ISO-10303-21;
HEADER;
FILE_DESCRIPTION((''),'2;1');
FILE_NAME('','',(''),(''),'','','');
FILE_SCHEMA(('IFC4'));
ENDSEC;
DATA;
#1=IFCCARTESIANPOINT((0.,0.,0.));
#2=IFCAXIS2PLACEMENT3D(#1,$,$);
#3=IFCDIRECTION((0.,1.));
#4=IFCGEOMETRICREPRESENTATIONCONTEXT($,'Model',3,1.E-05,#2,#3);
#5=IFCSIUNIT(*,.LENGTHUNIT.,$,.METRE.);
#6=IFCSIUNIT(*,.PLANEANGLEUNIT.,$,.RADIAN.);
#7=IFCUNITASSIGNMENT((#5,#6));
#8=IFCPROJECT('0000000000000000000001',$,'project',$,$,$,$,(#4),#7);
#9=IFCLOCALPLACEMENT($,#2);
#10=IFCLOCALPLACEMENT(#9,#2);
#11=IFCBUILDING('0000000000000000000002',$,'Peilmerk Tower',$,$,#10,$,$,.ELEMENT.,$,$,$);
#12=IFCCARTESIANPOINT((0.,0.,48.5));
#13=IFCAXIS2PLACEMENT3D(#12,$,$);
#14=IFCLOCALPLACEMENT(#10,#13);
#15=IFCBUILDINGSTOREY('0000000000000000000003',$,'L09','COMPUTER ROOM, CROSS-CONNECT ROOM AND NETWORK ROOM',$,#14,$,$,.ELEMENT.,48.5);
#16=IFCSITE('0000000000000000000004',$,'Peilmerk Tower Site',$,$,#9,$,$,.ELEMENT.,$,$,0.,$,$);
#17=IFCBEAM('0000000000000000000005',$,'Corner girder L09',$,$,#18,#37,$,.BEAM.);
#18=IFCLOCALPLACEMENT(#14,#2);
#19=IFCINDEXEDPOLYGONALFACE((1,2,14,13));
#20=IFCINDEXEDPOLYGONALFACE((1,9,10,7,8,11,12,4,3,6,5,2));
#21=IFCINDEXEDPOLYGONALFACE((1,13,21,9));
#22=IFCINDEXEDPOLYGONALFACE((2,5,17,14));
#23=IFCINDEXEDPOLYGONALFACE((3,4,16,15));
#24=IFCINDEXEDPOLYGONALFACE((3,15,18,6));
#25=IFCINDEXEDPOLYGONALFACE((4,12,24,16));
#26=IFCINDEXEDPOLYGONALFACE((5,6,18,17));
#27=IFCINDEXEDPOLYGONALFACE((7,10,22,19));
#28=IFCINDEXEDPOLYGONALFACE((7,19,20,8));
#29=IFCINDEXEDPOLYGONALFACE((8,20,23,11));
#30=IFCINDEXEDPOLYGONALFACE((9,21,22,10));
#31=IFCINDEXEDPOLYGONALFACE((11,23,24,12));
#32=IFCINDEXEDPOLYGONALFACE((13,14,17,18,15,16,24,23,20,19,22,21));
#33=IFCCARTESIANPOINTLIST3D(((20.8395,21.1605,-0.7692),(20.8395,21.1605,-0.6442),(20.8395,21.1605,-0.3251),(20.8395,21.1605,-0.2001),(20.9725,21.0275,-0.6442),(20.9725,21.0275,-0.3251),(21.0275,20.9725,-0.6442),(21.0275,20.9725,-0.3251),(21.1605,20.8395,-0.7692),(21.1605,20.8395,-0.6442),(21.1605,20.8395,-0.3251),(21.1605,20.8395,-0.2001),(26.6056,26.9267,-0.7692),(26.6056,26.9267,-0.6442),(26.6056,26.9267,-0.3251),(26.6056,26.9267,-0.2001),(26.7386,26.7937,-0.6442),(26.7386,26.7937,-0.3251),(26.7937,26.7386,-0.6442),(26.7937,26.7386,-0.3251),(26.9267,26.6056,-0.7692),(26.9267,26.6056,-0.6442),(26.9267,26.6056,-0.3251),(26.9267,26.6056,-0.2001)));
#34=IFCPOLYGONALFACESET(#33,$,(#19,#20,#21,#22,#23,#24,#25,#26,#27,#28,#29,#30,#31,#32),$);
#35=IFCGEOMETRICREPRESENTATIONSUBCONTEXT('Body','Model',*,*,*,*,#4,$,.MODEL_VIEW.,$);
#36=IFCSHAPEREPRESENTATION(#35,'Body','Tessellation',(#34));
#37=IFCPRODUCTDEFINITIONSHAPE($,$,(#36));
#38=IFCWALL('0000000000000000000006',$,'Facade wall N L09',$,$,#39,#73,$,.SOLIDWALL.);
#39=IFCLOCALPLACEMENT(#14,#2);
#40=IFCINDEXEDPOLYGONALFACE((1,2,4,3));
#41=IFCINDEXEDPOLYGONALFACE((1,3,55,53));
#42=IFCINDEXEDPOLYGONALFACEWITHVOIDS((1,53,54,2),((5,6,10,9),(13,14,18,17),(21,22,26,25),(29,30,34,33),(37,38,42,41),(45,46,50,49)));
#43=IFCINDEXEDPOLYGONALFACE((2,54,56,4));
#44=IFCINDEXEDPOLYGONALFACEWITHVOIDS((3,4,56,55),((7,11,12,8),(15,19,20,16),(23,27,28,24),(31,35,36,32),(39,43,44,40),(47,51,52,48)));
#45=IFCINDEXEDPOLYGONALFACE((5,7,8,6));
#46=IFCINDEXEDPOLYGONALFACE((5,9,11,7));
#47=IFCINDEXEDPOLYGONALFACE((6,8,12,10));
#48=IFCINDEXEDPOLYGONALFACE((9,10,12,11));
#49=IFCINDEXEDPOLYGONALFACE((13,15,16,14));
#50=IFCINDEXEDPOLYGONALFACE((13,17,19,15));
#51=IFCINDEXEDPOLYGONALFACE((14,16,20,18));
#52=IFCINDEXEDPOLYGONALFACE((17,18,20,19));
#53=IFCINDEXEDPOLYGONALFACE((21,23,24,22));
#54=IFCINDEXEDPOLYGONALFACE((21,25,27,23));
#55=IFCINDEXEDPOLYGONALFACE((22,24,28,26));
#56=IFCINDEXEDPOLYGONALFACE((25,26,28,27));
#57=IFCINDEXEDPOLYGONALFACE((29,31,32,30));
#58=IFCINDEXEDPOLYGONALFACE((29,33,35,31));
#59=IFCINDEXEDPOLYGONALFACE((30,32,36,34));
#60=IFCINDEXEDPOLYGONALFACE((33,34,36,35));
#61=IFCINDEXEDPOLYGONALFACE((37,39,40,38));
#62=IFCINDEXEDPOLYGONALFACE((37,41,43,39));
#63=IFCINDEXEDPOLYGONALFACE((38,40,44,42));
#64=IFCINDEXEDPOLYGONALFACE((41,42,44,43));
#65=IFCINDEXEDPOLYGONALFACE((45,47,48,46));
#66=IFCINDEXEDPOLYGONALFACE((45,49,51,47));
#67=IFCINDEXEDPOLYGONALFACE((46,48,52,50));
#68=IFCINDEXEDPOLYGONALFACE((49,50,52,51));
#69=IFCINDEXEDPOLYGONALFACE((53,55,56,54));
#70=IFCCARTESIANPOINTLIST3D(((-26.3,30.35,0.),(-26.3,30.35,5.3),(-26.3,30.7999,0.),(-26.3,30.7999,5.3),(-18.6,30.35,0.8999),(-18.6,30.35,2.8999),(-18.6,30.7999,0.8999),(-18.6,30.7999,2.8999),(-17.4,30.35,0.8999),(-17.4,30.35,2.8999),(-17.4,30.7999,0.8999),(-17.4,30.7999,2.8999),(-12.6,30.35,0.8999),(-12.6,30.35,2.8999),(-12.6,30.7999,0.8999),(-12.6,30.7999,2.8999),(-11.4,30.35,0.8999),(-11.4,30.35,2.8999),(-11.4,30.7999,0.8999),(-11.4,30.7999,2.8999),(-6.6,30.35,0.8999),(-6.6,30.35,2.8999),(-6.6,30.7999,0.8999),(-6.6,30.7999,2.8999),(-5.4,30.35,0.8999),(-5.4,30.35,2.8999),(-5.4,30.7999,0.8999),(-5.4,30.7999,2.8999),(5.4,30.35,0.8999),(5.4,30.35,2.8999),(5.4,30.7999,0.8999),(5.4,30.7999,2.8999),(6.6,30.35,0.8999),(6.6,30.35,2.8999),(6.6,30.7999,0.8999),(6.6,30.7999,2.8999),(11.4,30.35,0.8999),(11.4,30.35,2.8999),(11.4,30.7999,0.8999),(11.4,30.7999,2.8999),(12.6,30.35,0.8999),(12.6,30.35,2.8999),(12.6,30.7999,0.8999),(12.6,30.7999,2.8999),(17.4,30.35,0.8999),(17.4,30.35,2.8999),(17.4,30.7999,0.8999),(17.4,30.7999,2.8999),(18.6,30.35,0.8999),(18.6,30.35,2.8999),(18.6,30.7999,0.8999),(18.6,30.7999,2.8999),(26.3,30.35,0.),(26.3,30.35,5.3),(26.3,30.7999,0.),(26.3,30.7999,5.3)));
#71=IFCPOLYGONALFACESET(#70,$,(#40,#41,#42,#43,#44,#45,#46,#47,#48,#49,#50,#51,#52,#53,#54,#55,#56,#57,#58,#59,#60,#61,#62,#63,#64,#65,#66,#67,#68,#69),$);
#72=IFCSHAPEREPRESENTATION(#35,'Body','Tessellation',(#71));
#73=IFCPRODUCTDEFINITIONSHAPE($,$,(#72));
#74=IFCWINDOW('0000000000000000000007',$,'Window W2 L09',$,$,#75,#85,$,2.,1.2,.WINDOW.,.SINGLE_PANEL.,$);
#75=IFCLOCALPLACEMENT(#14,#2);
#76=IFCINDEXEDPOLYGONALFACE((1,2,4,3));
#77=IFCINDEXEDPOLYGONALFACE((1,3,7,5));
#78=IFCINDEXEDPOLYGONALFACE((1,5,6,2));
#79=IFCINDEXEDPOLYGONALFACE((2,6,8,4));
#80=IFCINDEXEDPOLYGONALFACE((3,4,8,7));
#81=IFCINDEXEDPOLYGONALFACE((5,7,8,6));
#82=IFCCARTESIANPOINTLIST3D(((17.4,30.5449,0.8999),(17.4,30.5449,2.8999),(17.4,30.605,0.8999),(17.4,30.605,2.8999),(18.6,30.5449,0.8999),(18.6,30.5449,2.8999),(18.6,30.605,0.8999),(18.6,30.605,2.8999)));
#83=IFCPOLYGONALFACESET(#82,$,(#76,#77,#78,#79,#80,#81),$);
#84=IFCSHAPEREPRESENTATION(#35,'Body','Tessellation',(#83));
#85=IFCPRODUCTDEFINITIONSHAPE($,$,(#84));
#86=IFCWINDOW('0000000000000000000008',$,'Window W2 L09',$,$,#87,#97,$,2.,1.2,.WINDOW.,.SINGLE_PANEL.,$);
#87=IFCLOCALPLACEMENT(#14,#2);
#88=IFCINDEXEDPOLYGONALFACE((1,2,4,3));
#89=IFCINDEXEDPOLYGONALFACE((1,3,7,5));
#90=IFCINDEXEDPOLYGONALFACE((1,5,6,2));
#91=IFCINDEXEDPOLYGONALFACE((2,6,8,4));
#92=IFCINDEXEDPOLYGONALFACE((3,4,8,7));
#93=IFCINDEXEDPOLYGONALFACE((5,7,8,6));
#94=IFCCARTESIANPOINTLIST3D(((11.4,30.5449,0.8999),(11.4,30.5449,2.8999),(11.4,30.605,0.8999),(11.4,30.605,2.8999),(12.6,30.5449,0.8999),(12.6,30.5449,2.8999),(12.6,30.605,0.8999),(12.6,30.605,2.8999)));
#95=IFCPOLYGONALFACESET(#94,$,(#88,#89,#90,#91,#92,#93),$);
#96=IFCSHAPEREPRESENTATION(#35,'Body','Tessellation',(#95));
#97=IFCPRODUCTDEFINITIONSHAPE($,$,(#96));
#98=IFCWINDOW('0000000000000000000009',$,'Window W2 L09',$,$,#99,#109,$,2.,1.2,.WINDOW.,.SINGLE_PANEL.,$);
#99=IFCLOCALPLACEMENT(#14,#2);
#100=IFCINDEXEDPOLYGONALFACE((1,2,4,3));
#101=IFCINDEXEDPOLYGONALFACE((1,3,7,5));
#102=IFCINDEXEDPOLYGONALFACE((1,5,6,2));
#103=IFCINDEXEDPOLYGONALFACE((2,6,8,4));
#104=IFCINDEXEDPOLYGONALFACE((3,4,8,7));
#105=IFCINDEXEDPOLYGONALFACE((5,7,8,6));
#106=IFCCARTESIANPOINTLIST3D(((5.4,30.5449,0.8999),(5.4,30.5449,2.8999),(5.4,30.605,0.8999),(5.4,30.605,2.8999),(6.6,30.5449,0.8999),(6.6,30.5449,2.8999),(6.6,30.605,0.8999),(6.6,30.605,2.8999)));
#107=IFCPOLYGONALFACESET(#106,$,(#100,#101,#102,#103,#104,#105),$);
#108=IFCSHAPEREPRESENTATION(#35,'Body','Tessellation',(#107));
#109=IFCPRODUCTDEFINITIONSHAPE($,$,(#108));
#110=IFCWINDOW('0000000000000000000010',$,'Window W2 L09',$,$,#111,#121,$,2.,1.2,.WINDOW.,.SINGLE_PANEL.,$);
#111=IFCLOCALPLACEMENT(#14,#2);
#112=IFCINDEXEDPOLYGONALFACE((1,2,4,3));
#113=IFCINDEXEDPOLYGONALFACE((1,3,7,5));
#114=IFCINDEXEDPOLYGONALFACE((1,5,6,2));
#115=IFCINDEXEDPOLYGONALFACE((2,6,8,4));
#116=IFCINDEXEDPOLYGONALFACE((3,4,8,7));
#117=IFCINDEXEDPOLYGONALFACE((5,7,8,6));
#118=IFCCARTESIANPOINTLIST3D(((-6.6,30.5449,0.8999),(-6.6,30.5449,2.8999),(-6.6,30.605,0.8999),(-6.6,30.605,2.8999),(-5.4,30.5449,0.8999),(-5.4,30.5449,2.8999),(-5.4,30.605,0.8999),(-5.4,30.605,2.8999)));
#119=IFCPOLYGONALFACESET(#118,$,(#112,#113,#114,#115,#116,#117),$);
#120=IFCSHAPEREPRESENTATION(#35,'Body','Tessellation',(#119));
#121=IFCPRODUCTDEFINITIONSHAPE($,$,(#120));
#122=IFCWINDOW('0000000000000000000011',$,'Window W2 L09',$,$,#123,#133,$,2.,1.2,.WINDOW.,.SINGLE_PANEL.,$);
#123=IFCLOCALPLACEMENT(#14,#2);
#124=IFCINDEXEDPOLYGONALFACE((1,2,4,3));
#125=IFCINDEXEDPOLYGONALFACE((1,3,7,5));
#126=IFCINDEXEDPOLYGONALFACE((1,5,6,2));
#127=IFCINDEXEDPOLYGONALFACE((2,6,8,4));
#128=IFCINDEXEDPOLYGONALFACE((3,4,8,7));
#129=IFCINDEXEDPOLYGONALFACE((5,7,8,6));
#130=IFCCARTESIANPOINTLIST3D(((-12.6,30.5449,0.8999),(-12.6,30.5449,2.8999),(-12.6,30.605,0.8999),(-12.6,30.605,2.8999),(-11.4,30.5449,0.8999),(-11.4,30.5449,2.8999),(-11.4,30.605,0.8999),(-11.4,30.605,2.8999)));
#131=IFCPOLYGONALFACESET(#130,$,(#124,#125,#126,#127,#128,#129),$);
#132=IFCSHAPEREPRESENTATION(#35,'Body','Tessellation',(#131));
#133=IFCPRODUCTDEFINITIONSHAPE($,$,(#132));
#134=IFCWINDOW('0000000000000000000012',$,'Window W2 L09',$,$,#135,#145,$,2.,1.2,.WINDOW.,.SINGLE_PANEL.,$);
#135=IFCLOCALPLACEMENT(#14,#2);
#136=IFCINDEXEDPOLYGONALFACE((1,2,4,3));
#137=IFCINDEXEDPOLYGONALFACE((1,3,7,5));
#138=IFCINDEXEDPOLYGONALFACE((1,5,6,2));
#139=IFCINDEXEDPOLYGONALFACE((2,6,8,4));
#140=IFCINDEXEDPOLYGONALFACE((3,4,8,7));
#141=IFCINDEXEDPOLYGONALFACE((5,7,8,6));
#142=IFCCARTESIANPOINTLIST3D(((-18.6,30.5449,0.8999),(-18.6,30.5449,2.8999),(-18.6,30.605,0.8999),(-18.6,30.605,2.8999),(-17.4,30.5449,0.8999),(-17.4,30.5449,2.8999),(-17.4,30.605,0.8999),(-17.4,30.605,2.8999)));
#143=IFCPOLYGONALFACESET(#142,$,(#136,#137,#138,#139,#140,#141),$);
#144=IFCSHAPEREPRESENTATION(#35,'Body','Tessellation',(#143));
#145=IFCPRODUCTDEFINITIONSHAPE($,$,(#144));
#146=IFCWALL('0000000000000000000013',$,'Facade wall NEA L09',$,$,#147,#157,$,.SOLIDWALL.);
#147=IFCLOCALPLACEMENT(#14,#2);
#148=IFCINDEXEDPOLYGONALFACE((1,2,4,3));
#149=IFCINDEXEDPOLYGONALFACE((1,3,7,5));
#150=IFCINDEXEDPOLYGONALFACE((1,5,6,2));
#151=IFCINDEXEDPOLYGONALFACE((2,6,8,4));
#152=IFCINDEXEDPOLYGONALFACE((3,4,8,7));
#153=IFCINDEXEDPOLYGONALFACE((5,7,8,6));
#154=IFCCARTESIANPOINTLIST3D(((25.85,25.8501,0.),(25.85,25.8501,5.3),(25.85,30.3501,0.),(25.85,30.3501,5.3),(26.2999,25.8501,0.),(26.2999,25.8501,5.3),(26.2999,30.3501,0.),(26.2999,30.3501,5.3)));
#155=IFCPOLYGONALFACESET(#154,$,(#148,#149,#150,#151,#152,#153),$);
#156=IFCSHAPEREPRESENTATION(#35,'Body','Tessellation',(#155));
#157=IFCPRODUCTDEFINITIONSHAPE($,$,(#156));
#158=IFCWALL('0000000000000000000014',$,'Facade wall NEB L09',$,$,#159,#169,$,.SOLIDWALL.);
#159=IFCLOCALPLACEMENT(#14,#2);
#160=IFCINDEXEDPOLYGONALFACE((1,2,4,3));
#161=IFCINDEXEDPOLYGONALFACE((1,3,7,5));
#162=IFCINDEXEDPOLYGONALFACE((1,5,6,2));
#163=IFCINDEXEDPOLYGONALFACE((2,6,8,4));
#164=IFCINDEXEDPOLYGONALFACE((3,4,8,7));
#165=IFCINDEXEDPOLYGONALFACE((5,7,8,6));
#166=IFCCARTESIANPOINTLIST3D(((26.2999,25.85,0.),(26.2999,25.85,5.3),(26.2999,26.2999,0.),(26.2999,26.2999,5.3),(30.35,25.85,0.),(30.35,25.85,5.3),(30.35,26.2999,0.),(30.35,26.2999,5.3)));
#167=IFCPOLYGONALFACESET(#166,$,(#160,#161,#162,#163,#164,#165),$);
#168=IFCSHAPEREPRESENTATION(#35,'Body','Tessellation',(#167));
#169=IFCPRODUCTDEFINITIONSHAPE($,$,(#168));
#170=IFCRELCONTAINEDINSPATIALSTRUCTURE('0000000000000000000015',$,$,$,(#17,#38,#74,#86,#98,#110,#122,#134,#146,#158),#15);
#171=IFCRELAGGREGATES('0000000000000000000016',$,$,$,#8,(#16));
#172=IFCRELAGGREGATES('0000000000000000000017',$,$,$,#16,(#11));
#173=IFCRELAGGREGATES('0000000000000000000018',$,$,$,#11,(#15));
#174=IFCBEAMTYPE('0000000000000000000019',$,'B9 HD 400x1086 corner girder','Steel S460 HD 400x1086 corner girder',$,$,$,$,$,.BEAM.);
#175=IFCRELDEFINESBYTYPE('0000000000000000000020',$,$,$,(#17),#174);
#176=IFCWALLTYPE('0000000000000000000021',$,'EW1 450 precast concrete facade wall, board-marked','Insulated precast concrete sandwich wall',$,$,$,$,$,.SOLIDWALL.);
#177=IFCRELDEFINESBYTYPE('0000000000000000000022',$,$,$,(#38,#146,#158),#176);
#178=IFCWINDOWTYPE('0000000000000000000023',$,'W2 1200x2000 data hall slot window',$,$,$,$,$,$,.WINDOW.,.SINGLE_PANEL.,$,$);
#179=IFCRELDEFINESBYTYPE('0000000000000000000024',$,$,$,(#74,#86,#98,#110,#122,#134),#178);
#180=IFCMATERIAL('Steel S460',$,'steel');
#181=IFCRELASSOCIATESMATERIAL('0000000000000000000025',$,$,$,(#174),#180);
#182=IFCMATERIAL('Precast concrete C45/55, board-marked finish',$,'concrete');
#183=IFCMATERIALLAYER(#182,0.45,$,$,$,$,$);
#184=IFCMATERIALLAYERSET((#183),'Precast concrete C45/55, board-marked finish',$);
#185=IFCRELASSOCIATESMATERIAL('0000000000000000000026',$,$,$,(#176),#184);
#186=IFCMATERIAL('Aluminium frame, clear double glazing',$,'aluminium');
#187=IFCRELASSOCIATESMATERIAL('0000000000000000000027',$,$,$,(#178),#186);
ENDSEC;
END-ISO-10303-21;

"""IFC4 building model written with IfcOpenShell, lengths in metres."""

from ifc_helpers import new_model, si_unit, direction, frame, frame_2d, origin, origin_2d, place, context, subcontext, project, spatial, rectangle, i_section, extrude, material, layer, layer_set, material_profile, profile_set, type_object, element, fill, save


model = new_model("IFC4")

# Units and contexts
model_context = context("Model", 3, precision=1e-05, world=origin(), true_north=direction((0.0, 1.0)))
body_context = subcontext(model_context, "Body", "Model", "MODEL_VIEW")
ifc_project = project(units=[si_unit("LENGTHUNIT", "METRE"), si_unit("PLANEANGLEUNIT", "RADIAN")], contexts=[model_context])

# Site, building, storey
site_placement = place(None, origin())
site = spatial("IfcSite", under=ifc_project, at=site_placement, Name="Peilmerk Tower Site", CompositionType="ELEMENT", RefElevation=0.0)
building_placement = place(site_placement, origin())
building = spatial("IfcBuilding", under=site, at=building_placement, Name="Peilmerk Tower", CompositionType="ELEMENT")
storey_placement = place(building_placement, frame((0.0, 0.0, 48.5)))
storey = spatial("IfcBuildingStorey", under=building, at=storey_placement, Name="L09", Description="COMPUTER ROOM, CROSS-CONNECT ROOM AND NETWORK ROOM", CompositionType="ELEMENT", Elevation=48.5)

# Beam
ifc_material_1 = material(Name="Steel S460", Category="steel")
ifc_material_profile_1 = material_profile(ifc_material_1, i_section(OverallWidth=0.4541, OverallDepth=0.5691, WebThickness=0.0779, FlangeThickness=0.125, at=origin_2d()), Name="HD 400x1086")
ifc_profile_set_1 = profile_set([ifc_material_profile_1], Name="Steel S460")
beam_type_1 = type_object("IfcBeamType", Name="B9 HD 400x1086 corner girder", Description="Steel S460 HD 400x1086 corner girder", PredefinedType="BEAM", material=ifc_profile_set_1)
beam_1_placement = place(storey_placement, frame((21.0, 21.0, -0.4846), z_axis=(0.707107, 0.707107, 0.0), x_axis=(-0.707107, 0.707107, 0.0)))
element("IfcBeam", 1, at=beam_1_placement, inside=storey, type_object=beam_type_1, Name="Corner girder L09", PredefinedType="BEAM", context=body_context, shape_type="SweptSolid", body=[
    extrude(i_section(OverallWidth=0.4541, OverallDepth=0.5691, WebThickness=0.0779, FlangeThickness=0.125, at=origin_2d()), origin(), (0.0, 0.0, 1.0), 8.1545),
])

# Wall, openings, windows
ifc_material_2 = material(Name="Precast concrete C45/55, board-marked finish", Category="concrete")
ifc_layer = layer(ifc_material_2, 0.45)
ifc_layer_set = layer_set([ifc_layer], Name="Precast concrete C45/55, board-marked finish")
wall_type = type_object("IfcWallType", Name="EW1 450 precast concrete facade wall, board-marked", Description="Insulated precast concrete sandwich wall", PredefinedType="SOLIDWALL", material=ifc_layer_set)
wall_1_placement = place(storey_placement, frame((26.3, 30.575, 0.0), z_axis=(0.0, 0.0, 1.0), x_axis=(-1.0, 0.0, 0.0)))
wall_1 = element("IfcWall", 2, at=wall_1_placement, inside=storey, type_object=wall_type, Name="Facade wall N L09", PredefinedType="SOLIDWALL", context=body_context, shape_type="SweptSolid", body=[
    extrude(rectangle(XDim=52.6001, YDim=0.45, at=frame_2d((26.3, 0.0))), origin(), (0.0, 0.0, 1.0), 5.3),
])
opening_1_placement = place(wall_1_placement, frame((7.7, 0.0, 0.8999)))
opening_1 = element("IfcOpeningElement", 3, at=opening_1_placement, cuts=wall_1, PredefinedType="OPENING", context=body_context, shape_type="SweptSolid", body=[
    extrude(rectangle(XDim=1.2, YDim=2.0, at=frame_2d((0.6001, 1.0))), frame((0.0, 0.2349, 0.0), z_axis=(0.0, -1.0, 0.0), x_axis=(1.0, 0.0, 0.0)), (0.0, 0.0, 1.0), 0.47),
])
opening_2_placement = place(wall_1_placement, frame((13.7, 0.0, 0.8999)))
opening_2 = element("IfcOpeningElement", 4, at=opening_2_placement, cuts=wall_1, PredefinedType="OPENING", context=body_context, shape_type="SweptSolid", body=[
    extrude(rectangle(XDim=1.2, YDim=2.0, at=frame_2d((0.6001, 1.0))), frame((0.0, 0.2349, 0.0), z_axis=(0.0, -1.0, 0.0), x_axis=(1.0, 0.0, 0.0)), (0.0, 0.0, 1.0), 0.47),
])
opening_3_placement = place(wall_1_placement, frame((19.7, 0.0, 0.8999)))
opening_3 = element("IfcOpeningElement", 5, at=opening_3_placement, cuts=wall_1, PredefinedType="OPENING", context=body_context, shape_type="SweptSolid", body=[
    extrude(rectangle(XDim=1.2, YDim=2.0, at=frame_2d((0.6001, 1.0))), frame((0.0, 0.2349, 0.0), z_axis=(0.0, -1.0, 0.0), x_axis=(1.0, 0.0, 0.0)), (0.0, 0.0, 1.0), 0.47),
])
opening_4_placement = place(wall_1_placement, frame((31.7, 0.0, 0.8999)))
opening_4 = element("IfcOpeningElement", 6, at=opening_4_placement, cuts=wall_1, PredefinedType="OPENING", context=body_context, shape_type="SweptSolid", body=[
    extrude(rectangle(XDim=1.2, YDim=2.0, at=frame_2d((0.6001, 1.0))), frame((0.0, 0.2349, 0.0), z_axis=(0.0, -1.0, 0.0), x_axis=(1.0, 0.0, 0.0)), (0.0, 0.0, 1.0), 0.47),
])
opening_5_placement = place(wall_1_placement, frame((37.7, 0.0, 0.8999)))
opening_5 = element("IfcOpeningElement", 7, at=opening_5_placement, cuts=wall_1, PredefinedType="OPENING", context=body_context, shape_type="SweptSolid", body=[
    extrude(rectangle(XDim=1.2, YDim=2.0, at=frame_2d((0.6001, 1.0))), frame((0.0, 0.2349, 0.0), z_axis=(0.0, -1.0, 0.0), x_axis=(1.0, 0.0, 0.0)), (0.0, 0.0, 1.0), 0.47),
])
opening_6_placement = place(wall_1_placement, frame((43.7, 0.0, 0.8999)))
opening_6 = element("IfcOpeningElement", 8, at=opening_6_placement, cuts=wall_1, PredefinedType="OPENING", context=body_context, shape_type="SweptSolid", body=[
    extrude(rectangle(XDim=1.2, YDim=2.0, at=frame_2d((0.6001, 1.0))), frame((0.0, 0.2349, 0.0), z_axis=(0.0, -1.0, 0.0), x_axis=(1.0, 0.0, 0.0)), (0.0, 0.0, 1.0), 0.47),
])
ifc_material_3 = material(Name="Aluminium frame, clear double glazing", Category="aluminium")
window_type = type_object("IfcWindowType", Name="W2 1200x2000 data hall slot window", PartitioningType="SINGLE_PANEL", PredefinedType="WINDOW", material=ifc_material_3)
window_1_placement = place(opening_1_placement, origin())
window_1 = element("IfcWindow", 9, at=window_1_placement, inside=storey, type_object=window_type, Name="Window W2 L09", OverallHeight=2.0, OverallWidth=1.2, PartitioningType="SINGLE_PANEL", PredefinedType="WINDOW", context=body_context, shape_type="SweptSolid", body=[
    extrude(rectangle(XDim=1.2, YDim=2.0, at=frame_2d((0.6001, 1.0))), frame((0.0, 0.03, 0.0), z_axis=(0.0, -1.0, 0.0), x_axis=(1.0, 0.0, 0.0)), (0.0, 0.0, 1.0), 0.0601),
])
fill(opening_1, window_1)
window_2_placement = place(opening_2_placement, origin())
window_2 = element("IfcWindow", 10, at=window_2_placement, inside=storey, type_object=window_type, Name="Window W2 L09", OverallHeight=2.0, OverallWidth=1.2, PartitioningType="SINGLE_PANEL", PredefinedType="WINDOW", context=body_context, shape_type="SweptSolid", body=[
    extrude(rectangle(XDim=1.2, YDim=2.0, at=frame_2d((0.6001, 1.0))), frame((0.0, 0.03, 0.0), z_axis=(0.0, -1.0, 0.0), x_axis=(1.0, 0.0, 0.0)), (0.0, 0.0, 1.0), 0.0601),
])
fill(opening_2, window_2)
window_3_placement = place(opening_3_placement, origin())
window_3 = element("IfcWindow", 11, at=window_3_placement, inside=storey, type_object=window_type, Name="Window W2 L09", OverallHeight=2.0, OverallWidth=1.2, PartitioningType="SINGLE_PANEL", PredefinedType="WINDOW", context=body_context, shape_type="SweptSolid", body=[
    extrude(rectangle(XDim=1.2, YDim=2.0, at=frame_2d((0.6001, 1.0))), frame((0.0, 0.03, 0.0), z_axis=(0.0, -1.0, 0.0), x_axis=(1.0, 0.0, 0.0)), (0.0, 0.0, 1.0), 0.0601),
])
fill(opening_3, window_3)
window_4_placement = place(opening_4_placement, origin())
window_4 = element("IfcWindow", 12, at=window_4_placement, inside=storey, type_object=window_type, Name="Window W2 L09", OverallHeight=2.0, OverallWidth=1.2, PartitioningType="SINGLE_PANEL", PredefinedType="WINDOW", context=body_context, shape_type="SweptSolid", body=[
    extrude(rectangle(XDim=1.2, YDim=2.0, at=frame_2d((0.6001, 1.0))), frame((0.0, 0.03, 0.0), z_axis=(0.0, -1.0, 0.0), x_axis=(1.0, 0.0, 0.0)), (0.0, 0.0, 1.0), 0.0601),
])
fill(opening_4, window_4)
window_5_placement = place(opening_5_placement, origin())
window_5 = element("IfcWindow", 13, at=window_5_placement, inside=storey, type_object=window_type, Name="Window W2 L09", OverallHeight=2.0, OverallWidth=1.2, PartitioningType="SINGLE_PANEL", PredefinedType="WINDOW", context=body_context, shape_type="SweptSolid", body=[
    extrude(rectangle(XDim=1.2, YDim=2.0, at=frame_2d((0.6001, 1.0))), frame((0.0, 0.03, 0.0), z_axis=(0.0, -1.0, 0.0), x_axis=(1.0, 0.0, 0.0)), (0.0, 0.0, 1.0), 0.0601),
])
fill(opening_5, window_5)
window_6_placement = place(opening_6_placement, origin())
window_6 = element("IfcWindow", 14, at=window_6_placement, inside=storey, type_object=window_type, Name="Window W2 L09", OverallHeight=2.0, OverallWidth=1.2, PartitioningType="SINGLE_PANEL", PredefinedType="WINDOW", context=body_context, shape_type="SweptSolid", body=[
    extrude(rectangle(XDim=1.2, YDim=2.0, at=frame_2d((0.6001, 1.0))), frame((0.0, 0.03, 0.0), z_axis=(0.0, -1.0, 0.0), x_axis=(1.0, 0.0, 0.0)), (0.0, 0.0, 1.0), 0.0601),
])
fill(opening_6, window_6)

# Walls
wall_2_placement = place(storey_placement, frame((26.075, 25.8501, 0.0), z_axis=(0.0, 0.0, 1.0), x_axis=(0.0, 1.0, 0.0)))
element("IfcWall", 15, at=wall_2_placement, inside=storey, type_object=wall_type, Name="Facade wall NEA L09", PredefinedType="SOLIDWALL", context=body_context, shape_type="SweptSolid", body=[
    extrude(rectangle(XDim=4.5, YDim=0.45, at=frame_2d((2.25, 0.0))), origin(), (0.0, 0.0, 1.0), 5.3),
])
wall_3_placement = place(storey_placement, frame((26.3, 26.075, 0.0), z_axis=(0.0, 0.0, 1.0), x_axis=(1.0, 0.0, 0.0)))
element("IfcWall", 16, at=wall_3_placement, inside=storey, type_object=wall_type, Name="Facade wall NEB L09", PredefinedType="SOLIDWALL", context=body_context, shape_type="SweptSolid", body=[
    extrude(rectangle(XDim=4.05, YDim=0.45, at=frame_2d((2.0249, 0.0))), origin(), (0.0, 0.0, 1.0), 5.3),
])

save(model, "model.ifc")
